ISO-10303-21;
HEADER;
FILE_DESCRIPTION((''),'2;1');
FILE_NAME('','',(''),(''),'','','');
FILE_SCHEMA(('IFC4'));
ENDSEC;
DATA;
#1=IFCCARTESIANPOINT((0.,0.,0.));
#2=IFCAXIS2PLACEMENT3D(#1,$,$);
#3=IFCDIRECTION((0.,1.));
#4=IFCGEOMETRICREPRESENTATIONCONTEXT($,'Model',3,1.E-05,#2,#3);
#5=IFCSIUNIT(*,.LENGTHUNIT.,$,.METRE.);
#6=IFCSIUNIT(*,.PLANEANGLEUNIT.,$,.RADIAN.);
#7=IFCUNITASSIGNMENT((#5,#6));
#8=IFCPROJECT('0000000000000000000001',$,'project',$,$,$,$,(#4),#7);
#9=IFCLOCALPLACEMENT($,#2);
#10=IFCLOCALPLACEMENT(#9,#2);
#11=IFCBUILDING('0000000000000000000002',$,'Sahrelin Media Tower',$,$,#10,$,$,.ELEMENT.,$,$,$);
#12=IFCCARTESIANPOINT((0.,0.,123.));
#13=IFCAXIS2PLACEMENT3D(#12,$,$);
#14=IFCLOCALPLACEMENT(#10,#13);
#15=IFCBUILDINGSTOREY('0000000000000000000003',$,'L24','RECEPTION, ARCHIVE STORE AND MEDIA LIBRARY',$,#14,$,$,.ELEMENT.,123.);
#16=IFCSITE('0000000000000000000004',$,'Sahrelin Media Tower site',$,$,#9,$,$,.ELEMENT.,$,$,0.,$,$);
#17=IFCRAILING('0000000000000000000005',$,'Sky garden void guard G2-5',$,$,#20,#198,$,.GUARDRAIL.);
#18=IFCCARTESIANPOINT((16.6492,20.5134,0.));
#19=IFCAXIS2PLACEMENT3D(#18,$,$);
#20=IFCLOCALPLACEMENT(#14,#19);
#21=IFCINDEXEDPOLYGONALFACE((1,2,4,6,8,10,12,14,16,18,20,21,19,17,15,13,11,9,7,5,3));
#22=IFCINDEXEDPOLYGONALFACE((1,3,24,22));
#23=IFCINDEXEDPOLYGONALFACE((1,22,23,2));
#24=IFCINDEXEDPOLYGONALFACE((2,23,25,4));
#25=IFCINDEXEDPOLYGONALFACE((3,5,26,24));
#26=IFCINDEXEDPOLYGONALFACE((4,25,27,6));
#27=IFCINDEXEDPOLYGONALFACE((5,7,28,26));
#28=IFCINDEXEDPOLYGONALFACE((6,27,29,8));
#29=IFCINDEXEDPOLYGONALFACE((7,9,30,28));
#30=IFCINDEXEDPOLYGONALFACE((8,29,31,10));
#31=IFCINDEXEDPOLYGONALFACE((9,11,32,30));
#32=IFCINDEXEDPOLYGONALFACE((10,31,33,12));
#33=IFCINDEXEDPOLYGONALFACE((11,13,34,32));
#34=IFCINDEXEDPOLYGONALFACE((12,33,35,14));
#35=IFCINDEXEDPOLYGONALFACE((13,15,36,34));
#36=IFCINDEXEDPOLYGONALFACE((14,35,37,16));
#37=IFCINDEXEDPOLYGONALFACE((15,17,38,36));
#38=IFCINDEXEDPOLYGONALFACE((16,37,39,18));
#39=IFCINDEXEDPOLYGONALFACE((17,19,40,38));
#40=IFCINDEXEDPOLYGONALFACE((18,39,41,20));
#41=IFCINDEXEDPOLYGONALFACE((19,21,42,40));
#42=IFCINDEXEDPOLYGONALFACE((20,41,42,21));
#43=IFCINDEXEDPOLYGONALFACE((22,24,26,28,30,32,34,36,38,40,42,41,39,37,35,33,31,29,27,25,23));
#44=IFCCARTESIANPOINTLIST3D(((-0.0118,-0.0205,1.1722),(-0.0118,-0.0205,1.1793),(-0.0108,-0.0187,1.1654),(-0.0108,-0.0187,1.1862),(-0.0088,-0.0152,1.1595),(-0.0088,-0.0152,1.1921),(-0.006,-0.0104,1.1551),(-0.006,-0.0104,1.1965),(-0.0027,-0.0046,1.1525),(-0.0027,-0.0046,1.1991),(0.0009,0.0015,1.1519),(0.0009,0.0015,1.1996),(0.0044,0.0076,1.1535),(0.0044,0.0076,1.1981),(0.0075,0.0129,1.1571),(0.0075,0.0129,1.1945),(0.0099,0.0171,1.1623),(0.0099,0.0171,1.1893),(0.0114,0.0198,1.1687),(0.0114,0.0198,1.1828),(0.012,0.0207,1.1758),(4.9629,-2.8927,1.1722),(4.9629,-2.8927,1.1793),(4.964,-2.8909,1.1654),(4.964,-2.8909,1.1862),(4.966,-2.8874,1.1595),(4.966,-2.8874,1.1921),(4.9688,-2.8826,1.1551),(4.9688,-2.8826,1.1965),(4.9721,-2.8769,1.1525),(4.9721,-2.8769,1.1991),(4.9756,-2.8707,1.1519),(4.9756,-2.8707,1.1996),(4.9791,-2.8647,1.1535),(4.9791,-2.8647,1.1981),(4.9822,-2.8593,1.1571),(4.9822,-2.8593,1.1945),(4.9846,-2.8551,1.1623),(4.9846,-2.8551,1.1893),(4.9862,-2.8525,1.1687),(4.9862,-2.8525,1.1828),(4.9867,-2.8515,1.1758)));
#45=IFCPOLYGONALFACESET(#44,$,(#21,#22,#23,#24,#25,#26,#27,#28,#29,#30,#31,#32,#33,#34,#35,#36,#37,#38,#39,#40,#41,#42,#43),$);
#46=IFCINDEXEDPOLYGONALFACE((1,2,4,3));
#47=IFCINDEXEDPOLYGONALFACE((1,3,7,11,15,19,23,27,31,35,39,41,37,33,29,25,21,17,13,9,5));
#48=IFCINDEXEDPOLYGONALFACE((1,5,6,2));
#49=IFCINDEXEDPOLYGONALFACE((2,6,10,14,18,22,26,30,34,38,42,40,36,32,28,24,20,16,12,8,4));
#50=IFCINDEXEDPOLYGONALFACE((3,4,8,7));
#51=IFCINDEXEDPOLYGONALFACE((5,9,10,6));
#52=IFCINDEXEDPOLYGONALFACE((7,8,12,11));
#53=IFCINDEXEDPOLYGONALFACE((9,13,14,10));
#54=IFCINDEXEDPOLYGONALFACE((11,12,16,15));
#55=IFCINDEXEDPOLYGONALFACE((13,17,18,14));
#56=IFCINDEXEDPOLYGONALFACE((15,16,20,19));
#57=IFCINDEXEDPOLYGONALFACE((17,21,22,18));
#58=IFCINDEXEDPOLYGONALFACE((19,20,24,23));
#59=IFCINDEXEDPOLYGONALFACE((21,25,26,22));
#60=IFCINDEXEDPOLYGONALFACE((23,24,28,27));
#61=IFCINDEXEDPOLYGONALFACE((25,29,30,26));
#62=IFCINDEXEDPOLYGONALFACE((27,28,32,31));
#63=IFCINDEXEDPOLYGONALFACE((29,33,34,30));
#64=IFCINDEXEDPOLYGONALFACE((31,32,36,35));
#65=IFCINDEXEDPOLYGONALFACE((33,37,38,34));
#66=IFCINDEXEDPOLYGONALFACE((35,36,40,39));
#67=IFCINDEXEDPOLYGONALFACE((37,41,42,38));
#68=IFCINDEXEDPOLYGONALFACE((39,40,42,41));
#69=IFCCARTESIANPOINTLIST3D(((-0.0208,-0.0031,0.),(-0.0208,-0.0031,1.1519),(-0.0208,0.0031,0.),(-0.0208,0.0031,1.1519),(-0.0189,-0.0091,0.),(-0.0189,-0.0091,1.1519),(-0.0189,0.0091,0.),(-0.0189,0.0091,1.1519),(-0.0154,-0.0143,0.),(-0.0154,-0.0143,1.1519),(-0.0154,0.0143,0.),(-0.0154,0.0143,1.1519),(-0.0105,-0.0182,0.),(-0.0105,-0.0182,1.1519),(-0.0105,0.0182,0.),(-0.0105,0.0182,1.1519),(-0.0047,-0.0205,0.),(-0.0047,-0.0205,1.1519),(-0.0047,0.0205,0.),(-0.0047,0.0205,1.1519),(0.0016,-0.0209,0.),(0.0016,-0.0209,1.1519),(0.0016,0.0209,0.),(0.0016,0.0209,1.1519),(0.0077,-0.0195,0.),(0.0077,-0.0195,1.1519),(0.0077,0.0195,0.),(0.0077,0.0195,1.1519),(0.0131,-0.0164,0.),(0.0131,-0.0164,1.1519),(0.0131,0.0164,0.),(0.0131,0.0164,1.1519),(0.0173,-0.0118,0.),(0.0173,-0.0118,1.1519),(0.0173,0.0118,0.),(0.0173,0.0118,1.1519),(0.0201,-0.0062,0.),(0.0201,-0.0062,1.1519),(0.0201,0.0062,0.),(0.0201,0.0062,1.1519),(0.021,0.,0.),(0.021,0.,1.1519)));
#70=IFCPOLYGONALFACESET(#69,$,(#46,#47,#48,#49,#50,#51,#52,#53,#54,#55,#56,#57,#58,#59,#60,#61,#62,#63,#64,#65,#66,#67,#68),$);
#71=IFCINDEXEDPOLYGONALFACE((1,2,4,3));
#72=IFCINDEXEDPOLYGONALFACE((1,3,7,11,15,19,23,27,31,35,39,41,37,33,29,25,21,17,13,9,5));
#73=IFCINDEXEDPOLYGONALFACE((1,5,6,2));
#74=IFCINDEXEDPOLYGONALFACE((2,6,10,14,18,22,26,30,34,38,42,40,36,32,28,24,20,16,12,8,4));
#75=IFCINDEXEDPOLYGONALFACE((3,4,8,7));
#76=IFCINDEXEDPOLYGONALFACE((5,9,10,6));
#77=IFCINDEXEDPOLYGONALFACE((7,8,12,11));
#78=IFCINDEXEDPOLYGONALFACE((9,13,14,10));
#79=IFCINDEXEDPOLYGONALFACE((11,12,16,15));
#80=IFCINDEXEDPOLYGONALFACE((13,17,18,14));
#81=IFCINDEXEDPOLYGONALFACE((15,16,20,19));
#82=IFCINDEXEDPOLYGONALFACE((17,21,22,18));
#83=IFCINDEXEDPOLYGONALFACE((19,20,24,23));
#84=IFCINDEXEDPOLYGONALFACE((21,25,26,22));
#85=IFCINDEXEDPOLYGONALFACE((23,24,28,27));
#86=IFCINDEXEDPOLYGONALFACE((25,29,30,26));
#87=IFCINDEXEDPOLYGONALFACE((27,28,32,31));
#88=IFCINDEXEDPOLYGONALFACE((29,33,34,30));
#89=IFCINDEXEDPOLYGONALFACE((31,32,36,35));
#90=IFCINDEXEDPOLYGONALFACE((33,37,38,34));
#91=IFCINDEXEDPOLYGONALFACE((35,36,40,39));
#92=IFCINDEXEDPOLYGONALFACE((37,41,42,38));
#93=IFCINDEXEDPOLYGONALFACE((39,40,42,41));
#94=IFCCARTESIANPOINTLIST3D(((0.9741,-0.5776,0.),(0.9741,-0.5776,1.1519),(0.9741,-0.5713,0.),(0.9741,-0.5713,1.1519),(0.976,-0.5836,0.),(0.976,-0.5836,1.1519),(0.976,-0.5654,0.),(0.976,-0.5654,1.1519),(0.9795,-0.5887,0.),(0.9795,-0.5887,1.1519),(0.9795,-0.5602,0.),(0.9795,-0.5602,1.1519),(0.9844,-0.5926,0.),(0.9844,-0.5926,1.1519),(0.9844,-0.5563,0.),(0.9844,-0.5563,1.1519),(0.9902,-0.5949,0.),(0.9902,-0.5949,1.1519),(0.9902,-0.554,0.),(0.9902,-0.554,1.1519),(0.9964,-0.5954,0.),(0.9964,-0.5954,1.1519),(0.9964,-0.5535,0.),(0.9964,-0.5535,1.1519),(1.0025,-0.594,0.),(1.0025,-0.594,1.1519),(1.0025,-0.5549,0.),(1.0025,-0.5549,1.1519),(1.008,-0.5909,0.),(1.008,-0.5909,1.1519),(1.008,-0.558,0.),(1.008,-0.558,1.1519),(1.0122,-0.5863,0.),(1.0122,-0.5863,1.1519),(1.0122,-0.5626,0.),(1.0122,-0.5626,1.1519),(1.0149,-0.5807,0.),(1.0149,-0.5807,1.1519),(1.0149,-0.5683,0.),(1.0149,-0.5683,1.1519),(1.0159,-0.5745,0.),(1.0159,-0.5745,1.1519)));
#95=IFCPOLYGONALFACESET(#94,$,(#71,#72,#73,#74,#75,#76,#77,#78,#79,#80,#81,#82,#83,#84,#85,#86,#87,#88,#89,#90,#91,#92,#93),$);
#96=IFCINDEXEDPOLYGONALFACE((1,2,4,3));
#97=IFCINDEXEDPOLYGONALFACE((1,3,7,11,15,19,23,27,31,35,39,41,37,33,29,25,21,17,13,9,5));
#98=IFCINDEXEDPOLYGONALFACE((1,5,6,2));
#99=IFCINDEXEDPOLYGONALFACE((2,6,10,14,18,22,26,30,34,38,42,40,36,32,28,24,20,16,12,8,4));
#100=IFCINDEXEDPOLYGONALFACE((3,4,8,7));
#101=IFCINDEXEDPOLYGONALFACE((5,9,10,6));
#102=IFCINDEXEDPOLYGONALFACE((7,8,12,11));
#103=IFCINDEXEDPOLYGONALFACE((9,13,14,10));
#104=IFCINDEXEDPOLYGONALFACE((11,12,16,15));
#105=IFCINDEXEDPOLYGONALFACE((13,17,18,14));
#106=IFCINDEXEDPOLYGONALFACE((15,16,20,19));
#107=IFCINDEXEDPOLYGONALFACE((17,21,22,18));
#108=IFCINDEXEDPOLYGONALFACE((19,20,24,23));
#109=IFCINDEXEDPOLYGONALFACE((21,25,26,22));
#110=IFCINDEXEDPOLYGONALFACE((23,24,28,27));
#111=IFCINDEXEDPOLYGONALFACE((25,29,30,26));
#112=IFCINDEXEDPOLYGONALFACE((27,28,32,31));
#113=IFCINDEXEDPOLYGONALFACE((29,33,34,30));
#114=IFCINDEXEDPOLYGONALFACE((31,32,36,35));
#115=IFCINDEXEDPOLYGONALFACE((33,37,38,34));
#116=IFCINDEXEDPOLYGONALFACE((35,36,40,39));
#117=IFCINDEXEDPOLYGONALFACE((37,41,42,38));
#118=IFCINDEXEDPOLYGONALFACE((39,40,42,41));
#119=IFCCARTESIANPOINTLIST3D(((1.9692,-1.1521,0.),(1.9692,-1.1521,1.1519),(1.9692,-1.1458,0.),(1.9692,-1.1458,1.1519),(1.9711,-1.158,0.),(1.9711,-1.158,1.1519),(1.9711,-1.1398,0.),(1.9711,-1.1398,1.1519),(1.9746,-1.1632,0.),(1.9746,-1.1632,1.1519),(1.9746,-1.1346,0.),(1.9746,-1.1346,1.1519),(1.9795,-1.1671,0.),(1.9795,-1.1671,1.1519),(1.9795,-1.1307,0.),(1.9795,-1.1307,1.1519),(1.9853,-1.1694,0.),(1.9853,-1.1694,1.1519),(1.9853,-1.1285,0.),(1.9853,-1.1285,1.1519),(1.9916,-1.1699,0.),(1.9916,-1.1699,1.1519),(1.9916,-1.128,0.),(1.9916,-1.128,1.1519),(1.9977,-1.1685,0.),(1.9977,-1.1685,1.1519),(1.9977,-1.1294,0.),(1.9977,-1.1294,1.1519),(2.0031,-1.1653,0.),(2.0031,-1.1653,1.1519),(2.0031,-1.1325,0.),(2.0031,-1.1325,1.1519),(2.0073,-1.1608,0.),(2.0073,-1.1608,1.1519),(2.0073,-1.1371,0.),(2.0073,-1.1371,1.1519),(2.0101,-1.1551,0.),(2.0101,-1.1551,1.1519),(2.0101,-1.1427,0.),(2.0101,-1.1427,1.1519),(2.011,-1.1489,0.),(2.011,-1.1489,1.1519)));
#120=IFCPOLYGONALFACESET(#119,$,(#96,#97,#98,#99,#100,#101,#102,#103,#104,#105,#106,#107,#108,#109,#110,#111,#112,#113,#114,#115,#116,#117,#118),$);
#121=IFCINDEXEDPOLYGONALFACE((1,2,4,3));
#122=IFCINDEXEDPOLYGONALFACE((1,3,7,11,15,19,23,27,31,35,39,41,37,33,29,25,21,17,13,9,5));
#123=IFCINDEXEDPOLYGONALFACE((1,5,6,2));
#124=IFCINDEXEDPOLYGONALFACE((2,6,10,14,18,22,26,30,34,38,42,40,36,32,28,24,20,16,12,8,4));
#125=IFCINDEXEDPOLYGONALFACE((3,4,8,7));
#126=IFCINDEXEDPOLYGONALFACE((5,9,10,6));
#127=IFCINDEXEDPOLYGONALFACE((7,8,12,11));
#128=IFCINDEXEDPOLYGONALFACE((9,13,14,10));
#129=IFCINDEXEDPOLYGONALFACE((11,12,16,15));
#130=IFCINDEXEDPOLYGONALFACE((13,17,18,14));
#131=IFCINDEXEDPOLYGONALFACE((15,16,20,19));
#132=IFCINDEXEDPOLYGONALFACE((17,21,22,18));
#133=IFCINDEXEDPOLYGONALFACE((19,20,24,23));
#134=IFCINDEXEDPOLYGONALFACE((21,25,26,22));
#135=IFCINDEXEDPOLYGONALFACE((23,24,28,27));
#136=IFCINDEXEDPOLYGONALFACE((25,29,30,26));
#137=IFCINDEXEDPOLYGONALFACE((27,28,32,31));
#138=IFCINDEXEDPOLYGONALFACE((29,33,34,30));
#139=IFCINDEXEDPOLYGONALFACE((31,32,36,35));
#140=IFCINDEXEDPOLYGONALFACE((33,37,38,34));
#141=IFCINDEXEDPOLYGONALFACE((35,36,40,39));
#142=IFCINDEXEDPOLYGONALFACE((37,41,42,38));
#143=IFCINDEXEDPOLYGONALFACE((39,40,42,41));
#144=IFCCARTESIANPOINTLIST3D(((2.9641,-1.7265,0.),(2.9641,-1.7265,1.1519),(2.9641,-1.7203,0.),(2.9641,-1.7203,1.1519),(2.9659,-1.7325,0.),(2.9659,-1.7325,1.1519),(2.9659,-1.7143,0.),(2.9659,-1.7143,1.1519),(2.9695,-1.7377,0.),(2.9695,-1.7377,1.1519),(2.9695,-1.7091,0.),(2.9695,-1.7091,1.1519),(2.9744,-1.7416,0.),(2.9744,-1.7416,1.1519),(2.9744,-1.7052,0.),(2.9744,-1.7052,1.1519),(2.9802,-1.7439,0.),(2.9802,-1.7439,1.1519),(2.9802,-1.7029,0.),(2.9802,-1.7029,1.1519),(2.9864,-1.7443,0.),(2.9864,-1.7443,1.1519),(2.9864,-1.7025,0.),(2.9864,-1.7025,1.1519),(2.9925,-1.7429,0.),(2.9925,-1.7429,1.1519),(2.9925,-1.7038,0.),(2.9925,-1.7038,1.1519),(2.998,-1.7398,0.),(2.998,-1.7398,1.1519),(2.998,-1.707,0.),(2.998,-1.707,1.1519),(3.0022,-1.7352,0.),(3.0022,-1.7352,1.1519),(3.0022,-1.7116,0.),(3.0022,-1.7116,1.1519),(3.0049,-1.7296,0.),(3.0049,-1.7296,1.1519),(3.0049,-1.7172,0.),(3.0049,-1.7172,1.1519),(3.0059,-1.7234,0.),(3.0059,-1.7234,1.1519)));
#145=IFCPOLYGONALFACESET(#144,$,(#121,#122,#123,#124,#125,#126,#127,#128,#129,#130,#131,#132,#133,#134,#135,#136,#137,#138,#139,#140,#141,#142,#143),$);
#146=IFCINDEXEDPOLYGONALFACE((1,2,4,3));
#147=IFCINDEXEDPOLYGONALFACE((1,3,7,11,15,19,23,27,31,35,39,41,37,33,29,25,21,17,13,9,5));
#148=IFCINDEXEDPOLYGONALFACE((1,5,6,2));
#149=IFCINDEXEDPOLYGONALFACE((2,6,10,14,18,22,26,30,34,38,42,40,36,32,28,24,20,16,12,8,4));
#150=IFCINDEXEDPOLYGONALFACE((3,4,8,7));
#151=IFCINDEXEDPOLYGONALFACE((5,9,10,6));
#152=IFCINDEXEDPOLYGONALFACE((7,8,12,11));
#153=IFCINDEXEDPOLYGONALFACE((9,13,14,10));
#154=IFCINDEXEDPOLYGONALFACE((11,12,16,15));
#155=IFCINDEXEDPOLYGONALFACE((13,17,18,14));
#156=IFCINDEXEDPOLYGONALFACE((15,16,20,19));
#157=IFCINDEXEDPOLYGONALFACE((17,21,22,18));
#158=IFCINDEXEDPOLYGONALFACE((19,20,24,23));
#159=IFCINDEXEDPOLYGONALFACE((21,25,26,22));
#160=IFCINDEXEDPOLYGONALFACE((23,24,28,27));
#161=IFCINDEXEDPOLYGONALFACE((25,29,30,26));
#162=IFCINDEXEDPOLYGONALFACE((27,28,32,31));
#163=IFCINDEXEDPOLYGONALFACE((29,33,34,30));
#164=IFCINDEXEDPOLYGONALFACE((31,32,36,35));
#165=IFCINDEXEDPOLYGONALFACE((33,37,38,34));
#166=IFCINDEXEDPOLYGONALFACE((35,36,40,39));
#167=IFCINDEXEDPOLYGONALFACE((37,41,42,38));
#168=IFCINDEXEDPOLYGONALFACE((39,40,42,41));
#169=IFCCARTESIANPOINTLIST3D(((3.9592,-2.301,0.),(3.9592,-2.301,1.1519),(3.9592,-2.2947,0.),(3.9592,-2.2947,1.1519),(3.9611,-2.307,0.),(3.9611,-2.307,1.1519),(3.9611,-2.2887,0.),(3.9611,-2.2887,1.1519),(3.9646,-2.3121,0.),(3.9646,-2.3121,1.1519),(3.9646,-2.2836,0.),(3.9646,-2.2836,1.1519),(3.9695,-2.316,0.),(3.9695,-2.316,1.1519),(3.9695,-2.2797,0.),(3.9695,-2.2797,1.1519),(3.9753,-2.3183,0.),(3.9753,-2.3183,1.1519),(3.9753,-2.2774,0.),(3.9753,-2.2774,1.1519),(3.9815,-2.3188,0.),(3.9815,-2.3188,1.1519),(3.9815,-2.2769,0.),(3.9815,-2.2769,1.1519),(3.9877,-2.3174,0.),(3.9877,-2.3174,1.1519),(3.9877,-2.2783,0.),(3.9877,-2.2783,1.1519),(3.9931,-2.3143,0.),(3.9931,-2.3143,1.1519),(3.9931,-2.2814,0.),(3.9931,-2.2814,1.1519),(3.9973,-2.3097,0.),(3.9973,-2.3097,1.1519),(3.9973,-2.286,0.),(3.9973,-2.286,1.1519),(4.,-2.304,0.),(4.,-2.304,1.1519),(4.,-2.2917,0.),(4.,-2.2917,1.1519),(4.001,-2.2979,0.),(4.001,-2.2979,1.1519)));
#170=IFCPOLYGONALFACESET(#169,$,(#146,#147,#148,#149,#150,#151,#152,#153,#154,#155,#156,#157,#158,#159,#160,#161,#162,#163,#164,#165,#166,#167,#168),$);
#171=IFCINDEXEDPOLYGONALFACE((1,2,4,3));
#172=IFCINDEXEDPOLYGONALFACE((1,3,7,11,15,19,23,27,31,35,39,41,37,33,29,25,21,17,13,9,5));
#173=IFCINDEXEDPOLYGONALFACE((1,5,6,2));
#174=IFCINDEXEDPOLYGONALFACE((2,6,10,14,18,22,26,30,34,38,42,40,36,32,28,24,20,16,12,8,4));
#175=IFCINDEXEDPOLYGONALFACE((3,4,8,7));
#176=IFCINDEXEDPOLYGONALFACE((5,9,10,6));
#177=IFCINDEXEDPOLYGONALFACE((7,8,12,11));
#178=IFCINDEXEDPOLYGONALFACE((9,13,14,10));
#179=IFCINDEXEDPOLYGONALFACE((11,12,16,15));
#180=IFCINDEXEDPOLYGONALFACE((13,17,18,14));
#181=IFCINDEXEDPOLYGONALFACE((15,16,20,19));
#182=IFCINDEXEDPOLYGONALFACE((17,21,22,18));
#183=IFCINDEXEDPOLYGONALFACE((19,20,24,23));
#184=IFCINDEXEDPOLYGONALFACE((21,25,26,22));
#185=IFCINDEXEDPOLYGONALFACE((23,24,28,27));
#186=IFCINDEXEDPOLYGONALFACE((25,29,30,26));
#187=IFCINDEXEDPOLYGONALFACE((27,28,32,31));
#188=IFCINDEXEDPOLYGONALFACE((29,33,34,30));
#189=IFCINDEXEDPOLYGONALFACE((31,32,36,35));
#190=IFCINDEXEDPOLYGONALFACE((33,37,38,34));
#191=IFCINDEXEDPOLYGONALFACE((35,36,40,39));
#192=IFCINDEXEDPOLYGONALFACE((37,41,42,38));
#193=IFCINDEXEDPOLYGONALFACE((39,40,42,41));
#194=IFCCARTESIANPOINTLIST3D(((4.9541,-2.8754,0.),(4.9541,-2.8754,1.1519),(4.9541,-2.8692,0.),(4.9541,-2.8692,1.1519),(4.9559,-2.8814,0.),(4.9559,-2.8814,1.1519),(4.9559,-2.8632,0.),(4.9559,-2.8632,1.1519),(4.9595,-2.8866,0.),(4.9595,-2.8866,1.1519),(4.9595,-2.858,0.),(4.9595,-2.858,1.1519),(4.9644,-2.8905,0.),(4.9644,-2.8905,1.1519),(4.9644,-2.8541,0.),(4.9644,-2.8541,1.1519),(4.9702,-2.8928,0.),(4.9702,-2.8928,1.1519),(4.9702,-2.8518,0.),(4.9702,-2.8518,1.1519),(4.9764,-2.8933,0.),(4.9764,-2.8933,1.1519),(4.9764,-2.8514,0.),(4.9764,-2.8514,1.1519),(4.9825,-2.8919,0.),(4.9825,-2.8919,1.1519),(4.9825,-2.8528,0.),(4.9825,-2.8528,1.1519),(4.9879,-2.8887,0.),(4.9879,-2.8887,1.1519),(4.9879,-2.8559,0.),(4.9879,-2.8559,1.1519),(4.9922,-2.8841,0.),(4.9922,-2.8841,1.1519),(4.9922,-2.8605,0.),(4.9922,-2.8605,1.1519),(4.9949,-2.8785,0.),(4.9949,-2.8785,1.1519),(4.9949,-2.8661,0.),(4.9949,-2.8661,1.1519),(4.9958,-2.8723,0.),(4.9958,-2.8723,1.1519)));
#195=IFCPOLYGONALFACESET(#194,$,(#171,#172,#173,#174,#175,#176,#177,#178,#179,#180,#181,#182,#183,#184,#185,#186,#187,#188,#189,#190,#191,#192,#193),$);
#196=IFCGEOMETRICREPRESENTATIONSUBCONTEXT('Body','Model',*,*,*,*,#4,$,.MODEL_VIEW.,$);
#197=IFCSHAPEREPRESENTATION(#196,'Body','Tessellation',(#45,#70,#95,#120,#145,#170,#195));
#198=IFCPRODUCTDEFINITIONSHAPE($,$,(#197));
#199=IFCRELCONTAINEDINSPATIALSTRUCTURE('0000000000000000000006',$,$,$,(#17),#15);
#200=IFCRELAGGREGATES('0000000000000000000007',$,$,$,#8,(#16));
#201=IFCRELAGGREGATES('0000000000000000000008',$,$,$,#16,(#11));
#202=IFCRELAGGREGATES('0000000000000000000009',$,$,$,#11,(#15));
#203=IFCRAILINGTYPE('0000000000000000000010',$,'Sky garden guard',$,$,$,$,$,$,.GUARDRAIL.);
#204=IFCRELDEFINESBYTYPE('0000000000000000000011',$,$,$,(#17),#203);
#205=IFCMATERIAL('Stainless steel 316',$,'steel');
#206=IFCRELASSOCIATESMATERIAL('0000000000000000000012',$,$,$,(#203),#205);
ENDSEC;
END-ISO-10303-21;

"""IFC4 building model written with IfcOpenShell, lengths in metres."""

from ifc_helpers import new_model, si_unit, direction, frame, origin, origin_2d, place, context, subcontext, project, spatial, circle, extrude, material, type_object, element, save


model = new_model("IFC4")

# Units and contexts
model_context = context("Model", 3, precision=1e-05, world=origin(), true_north=direction((0.0, 1.0)))
body_context = subcontext(model_context, "Body", "Model", "MODEL_VIEW")
ifc_project = project(units=[si_unit("LENGTHUNIT", "METRE"), si_unit("PLANEANGLEUNIT", "RADIAN")], contexts=[model_context])

# Site, building, storey
site_placement = place(None, origin())
site = spatial("IfcSite", under=ifc_project, at=site_placement, Name="Sahrelin Media Tower site", CompositionType="ELEMENT", RefElevation=0.0)
building_placement = place(site_placement, origin())
building = spatial("IfcBuilding", under=site, at=building_placement, Name="Sahrelin Media Tower", CompositionType="ELEMENT")
storey_placement = place(building_placement, frame((0.0, 0.0, 123.0)))
storey = spatial("IfcBuildingStorey", under=building, at=storey_placement, Name="L24", Description="RECEPTION, ARCHIVE STORE AND MEDIA LIBRARY", CompositionType="ELEMENT", Elevation=123.0)

# Railing
ifc_material_1 = material(Name="Stainless steel 316", Category="steel")
railing_type = type_object("IfcRailingType", Name="Sky garden guard", PredefinedType="GUARDRAIL", material=ifc_material_1)
railing_1_placement = place(storey_placement, frame((16.6492, 20.5134, 0.0)))
element("IfcRailing", 1, at=railing_1_placement, inside=storey, type_object=railing_type, Name="Sky garden void guard G2-5", PredefinedType="GUARDRAIL", context=body_context, shape_type="SweptSolid", body=[
    extrude(circle(Radius=0.0239, at=origin_2d()), frame((0.0, 0.0, 1.1758), z_axis=(0.866019, -0.500011, 0.0), x_axis=(0.500011, 0.866019, 0.0)), (0.0, 0.0, 1.0), 5.7444),
    extrude(circle(Radius=0.021, at=origin_2d()), origin(), (0.0, 0.0, 1.0), 1.1519),
    extrude(circle(Radius=0.021, at=origin_2d()), frame((0.9949, -0.5745, 0.0)), (0.0, 0.0, 1.0), 1.1519),
    extrude(circle(Radius=0.021, at=origin_2d()), frame((1.99, -1.1489, 0.0)), (0.0, 0.0, 1.0), 1.1519),
    extrude(circle(Radius=0.021, at=origin_2d()), frame((2.9849, -1.7234, 0.0)), (0.0, 0.0, 1.0), 1.1519),
    extrude(circle(Radius=0.021, at=origin_2d()), frame((3.98, -2.2979, 0.0)), (0.0, 0.0, 1.0), 1.1519),
    extrude(circle(Radius=0.021, at=origin_2d()), frame((4.9749, -2.8723, 0.0)), (0.0, 0.0, 1.0), 1.1519),
])

save(model, "model.ifc")
